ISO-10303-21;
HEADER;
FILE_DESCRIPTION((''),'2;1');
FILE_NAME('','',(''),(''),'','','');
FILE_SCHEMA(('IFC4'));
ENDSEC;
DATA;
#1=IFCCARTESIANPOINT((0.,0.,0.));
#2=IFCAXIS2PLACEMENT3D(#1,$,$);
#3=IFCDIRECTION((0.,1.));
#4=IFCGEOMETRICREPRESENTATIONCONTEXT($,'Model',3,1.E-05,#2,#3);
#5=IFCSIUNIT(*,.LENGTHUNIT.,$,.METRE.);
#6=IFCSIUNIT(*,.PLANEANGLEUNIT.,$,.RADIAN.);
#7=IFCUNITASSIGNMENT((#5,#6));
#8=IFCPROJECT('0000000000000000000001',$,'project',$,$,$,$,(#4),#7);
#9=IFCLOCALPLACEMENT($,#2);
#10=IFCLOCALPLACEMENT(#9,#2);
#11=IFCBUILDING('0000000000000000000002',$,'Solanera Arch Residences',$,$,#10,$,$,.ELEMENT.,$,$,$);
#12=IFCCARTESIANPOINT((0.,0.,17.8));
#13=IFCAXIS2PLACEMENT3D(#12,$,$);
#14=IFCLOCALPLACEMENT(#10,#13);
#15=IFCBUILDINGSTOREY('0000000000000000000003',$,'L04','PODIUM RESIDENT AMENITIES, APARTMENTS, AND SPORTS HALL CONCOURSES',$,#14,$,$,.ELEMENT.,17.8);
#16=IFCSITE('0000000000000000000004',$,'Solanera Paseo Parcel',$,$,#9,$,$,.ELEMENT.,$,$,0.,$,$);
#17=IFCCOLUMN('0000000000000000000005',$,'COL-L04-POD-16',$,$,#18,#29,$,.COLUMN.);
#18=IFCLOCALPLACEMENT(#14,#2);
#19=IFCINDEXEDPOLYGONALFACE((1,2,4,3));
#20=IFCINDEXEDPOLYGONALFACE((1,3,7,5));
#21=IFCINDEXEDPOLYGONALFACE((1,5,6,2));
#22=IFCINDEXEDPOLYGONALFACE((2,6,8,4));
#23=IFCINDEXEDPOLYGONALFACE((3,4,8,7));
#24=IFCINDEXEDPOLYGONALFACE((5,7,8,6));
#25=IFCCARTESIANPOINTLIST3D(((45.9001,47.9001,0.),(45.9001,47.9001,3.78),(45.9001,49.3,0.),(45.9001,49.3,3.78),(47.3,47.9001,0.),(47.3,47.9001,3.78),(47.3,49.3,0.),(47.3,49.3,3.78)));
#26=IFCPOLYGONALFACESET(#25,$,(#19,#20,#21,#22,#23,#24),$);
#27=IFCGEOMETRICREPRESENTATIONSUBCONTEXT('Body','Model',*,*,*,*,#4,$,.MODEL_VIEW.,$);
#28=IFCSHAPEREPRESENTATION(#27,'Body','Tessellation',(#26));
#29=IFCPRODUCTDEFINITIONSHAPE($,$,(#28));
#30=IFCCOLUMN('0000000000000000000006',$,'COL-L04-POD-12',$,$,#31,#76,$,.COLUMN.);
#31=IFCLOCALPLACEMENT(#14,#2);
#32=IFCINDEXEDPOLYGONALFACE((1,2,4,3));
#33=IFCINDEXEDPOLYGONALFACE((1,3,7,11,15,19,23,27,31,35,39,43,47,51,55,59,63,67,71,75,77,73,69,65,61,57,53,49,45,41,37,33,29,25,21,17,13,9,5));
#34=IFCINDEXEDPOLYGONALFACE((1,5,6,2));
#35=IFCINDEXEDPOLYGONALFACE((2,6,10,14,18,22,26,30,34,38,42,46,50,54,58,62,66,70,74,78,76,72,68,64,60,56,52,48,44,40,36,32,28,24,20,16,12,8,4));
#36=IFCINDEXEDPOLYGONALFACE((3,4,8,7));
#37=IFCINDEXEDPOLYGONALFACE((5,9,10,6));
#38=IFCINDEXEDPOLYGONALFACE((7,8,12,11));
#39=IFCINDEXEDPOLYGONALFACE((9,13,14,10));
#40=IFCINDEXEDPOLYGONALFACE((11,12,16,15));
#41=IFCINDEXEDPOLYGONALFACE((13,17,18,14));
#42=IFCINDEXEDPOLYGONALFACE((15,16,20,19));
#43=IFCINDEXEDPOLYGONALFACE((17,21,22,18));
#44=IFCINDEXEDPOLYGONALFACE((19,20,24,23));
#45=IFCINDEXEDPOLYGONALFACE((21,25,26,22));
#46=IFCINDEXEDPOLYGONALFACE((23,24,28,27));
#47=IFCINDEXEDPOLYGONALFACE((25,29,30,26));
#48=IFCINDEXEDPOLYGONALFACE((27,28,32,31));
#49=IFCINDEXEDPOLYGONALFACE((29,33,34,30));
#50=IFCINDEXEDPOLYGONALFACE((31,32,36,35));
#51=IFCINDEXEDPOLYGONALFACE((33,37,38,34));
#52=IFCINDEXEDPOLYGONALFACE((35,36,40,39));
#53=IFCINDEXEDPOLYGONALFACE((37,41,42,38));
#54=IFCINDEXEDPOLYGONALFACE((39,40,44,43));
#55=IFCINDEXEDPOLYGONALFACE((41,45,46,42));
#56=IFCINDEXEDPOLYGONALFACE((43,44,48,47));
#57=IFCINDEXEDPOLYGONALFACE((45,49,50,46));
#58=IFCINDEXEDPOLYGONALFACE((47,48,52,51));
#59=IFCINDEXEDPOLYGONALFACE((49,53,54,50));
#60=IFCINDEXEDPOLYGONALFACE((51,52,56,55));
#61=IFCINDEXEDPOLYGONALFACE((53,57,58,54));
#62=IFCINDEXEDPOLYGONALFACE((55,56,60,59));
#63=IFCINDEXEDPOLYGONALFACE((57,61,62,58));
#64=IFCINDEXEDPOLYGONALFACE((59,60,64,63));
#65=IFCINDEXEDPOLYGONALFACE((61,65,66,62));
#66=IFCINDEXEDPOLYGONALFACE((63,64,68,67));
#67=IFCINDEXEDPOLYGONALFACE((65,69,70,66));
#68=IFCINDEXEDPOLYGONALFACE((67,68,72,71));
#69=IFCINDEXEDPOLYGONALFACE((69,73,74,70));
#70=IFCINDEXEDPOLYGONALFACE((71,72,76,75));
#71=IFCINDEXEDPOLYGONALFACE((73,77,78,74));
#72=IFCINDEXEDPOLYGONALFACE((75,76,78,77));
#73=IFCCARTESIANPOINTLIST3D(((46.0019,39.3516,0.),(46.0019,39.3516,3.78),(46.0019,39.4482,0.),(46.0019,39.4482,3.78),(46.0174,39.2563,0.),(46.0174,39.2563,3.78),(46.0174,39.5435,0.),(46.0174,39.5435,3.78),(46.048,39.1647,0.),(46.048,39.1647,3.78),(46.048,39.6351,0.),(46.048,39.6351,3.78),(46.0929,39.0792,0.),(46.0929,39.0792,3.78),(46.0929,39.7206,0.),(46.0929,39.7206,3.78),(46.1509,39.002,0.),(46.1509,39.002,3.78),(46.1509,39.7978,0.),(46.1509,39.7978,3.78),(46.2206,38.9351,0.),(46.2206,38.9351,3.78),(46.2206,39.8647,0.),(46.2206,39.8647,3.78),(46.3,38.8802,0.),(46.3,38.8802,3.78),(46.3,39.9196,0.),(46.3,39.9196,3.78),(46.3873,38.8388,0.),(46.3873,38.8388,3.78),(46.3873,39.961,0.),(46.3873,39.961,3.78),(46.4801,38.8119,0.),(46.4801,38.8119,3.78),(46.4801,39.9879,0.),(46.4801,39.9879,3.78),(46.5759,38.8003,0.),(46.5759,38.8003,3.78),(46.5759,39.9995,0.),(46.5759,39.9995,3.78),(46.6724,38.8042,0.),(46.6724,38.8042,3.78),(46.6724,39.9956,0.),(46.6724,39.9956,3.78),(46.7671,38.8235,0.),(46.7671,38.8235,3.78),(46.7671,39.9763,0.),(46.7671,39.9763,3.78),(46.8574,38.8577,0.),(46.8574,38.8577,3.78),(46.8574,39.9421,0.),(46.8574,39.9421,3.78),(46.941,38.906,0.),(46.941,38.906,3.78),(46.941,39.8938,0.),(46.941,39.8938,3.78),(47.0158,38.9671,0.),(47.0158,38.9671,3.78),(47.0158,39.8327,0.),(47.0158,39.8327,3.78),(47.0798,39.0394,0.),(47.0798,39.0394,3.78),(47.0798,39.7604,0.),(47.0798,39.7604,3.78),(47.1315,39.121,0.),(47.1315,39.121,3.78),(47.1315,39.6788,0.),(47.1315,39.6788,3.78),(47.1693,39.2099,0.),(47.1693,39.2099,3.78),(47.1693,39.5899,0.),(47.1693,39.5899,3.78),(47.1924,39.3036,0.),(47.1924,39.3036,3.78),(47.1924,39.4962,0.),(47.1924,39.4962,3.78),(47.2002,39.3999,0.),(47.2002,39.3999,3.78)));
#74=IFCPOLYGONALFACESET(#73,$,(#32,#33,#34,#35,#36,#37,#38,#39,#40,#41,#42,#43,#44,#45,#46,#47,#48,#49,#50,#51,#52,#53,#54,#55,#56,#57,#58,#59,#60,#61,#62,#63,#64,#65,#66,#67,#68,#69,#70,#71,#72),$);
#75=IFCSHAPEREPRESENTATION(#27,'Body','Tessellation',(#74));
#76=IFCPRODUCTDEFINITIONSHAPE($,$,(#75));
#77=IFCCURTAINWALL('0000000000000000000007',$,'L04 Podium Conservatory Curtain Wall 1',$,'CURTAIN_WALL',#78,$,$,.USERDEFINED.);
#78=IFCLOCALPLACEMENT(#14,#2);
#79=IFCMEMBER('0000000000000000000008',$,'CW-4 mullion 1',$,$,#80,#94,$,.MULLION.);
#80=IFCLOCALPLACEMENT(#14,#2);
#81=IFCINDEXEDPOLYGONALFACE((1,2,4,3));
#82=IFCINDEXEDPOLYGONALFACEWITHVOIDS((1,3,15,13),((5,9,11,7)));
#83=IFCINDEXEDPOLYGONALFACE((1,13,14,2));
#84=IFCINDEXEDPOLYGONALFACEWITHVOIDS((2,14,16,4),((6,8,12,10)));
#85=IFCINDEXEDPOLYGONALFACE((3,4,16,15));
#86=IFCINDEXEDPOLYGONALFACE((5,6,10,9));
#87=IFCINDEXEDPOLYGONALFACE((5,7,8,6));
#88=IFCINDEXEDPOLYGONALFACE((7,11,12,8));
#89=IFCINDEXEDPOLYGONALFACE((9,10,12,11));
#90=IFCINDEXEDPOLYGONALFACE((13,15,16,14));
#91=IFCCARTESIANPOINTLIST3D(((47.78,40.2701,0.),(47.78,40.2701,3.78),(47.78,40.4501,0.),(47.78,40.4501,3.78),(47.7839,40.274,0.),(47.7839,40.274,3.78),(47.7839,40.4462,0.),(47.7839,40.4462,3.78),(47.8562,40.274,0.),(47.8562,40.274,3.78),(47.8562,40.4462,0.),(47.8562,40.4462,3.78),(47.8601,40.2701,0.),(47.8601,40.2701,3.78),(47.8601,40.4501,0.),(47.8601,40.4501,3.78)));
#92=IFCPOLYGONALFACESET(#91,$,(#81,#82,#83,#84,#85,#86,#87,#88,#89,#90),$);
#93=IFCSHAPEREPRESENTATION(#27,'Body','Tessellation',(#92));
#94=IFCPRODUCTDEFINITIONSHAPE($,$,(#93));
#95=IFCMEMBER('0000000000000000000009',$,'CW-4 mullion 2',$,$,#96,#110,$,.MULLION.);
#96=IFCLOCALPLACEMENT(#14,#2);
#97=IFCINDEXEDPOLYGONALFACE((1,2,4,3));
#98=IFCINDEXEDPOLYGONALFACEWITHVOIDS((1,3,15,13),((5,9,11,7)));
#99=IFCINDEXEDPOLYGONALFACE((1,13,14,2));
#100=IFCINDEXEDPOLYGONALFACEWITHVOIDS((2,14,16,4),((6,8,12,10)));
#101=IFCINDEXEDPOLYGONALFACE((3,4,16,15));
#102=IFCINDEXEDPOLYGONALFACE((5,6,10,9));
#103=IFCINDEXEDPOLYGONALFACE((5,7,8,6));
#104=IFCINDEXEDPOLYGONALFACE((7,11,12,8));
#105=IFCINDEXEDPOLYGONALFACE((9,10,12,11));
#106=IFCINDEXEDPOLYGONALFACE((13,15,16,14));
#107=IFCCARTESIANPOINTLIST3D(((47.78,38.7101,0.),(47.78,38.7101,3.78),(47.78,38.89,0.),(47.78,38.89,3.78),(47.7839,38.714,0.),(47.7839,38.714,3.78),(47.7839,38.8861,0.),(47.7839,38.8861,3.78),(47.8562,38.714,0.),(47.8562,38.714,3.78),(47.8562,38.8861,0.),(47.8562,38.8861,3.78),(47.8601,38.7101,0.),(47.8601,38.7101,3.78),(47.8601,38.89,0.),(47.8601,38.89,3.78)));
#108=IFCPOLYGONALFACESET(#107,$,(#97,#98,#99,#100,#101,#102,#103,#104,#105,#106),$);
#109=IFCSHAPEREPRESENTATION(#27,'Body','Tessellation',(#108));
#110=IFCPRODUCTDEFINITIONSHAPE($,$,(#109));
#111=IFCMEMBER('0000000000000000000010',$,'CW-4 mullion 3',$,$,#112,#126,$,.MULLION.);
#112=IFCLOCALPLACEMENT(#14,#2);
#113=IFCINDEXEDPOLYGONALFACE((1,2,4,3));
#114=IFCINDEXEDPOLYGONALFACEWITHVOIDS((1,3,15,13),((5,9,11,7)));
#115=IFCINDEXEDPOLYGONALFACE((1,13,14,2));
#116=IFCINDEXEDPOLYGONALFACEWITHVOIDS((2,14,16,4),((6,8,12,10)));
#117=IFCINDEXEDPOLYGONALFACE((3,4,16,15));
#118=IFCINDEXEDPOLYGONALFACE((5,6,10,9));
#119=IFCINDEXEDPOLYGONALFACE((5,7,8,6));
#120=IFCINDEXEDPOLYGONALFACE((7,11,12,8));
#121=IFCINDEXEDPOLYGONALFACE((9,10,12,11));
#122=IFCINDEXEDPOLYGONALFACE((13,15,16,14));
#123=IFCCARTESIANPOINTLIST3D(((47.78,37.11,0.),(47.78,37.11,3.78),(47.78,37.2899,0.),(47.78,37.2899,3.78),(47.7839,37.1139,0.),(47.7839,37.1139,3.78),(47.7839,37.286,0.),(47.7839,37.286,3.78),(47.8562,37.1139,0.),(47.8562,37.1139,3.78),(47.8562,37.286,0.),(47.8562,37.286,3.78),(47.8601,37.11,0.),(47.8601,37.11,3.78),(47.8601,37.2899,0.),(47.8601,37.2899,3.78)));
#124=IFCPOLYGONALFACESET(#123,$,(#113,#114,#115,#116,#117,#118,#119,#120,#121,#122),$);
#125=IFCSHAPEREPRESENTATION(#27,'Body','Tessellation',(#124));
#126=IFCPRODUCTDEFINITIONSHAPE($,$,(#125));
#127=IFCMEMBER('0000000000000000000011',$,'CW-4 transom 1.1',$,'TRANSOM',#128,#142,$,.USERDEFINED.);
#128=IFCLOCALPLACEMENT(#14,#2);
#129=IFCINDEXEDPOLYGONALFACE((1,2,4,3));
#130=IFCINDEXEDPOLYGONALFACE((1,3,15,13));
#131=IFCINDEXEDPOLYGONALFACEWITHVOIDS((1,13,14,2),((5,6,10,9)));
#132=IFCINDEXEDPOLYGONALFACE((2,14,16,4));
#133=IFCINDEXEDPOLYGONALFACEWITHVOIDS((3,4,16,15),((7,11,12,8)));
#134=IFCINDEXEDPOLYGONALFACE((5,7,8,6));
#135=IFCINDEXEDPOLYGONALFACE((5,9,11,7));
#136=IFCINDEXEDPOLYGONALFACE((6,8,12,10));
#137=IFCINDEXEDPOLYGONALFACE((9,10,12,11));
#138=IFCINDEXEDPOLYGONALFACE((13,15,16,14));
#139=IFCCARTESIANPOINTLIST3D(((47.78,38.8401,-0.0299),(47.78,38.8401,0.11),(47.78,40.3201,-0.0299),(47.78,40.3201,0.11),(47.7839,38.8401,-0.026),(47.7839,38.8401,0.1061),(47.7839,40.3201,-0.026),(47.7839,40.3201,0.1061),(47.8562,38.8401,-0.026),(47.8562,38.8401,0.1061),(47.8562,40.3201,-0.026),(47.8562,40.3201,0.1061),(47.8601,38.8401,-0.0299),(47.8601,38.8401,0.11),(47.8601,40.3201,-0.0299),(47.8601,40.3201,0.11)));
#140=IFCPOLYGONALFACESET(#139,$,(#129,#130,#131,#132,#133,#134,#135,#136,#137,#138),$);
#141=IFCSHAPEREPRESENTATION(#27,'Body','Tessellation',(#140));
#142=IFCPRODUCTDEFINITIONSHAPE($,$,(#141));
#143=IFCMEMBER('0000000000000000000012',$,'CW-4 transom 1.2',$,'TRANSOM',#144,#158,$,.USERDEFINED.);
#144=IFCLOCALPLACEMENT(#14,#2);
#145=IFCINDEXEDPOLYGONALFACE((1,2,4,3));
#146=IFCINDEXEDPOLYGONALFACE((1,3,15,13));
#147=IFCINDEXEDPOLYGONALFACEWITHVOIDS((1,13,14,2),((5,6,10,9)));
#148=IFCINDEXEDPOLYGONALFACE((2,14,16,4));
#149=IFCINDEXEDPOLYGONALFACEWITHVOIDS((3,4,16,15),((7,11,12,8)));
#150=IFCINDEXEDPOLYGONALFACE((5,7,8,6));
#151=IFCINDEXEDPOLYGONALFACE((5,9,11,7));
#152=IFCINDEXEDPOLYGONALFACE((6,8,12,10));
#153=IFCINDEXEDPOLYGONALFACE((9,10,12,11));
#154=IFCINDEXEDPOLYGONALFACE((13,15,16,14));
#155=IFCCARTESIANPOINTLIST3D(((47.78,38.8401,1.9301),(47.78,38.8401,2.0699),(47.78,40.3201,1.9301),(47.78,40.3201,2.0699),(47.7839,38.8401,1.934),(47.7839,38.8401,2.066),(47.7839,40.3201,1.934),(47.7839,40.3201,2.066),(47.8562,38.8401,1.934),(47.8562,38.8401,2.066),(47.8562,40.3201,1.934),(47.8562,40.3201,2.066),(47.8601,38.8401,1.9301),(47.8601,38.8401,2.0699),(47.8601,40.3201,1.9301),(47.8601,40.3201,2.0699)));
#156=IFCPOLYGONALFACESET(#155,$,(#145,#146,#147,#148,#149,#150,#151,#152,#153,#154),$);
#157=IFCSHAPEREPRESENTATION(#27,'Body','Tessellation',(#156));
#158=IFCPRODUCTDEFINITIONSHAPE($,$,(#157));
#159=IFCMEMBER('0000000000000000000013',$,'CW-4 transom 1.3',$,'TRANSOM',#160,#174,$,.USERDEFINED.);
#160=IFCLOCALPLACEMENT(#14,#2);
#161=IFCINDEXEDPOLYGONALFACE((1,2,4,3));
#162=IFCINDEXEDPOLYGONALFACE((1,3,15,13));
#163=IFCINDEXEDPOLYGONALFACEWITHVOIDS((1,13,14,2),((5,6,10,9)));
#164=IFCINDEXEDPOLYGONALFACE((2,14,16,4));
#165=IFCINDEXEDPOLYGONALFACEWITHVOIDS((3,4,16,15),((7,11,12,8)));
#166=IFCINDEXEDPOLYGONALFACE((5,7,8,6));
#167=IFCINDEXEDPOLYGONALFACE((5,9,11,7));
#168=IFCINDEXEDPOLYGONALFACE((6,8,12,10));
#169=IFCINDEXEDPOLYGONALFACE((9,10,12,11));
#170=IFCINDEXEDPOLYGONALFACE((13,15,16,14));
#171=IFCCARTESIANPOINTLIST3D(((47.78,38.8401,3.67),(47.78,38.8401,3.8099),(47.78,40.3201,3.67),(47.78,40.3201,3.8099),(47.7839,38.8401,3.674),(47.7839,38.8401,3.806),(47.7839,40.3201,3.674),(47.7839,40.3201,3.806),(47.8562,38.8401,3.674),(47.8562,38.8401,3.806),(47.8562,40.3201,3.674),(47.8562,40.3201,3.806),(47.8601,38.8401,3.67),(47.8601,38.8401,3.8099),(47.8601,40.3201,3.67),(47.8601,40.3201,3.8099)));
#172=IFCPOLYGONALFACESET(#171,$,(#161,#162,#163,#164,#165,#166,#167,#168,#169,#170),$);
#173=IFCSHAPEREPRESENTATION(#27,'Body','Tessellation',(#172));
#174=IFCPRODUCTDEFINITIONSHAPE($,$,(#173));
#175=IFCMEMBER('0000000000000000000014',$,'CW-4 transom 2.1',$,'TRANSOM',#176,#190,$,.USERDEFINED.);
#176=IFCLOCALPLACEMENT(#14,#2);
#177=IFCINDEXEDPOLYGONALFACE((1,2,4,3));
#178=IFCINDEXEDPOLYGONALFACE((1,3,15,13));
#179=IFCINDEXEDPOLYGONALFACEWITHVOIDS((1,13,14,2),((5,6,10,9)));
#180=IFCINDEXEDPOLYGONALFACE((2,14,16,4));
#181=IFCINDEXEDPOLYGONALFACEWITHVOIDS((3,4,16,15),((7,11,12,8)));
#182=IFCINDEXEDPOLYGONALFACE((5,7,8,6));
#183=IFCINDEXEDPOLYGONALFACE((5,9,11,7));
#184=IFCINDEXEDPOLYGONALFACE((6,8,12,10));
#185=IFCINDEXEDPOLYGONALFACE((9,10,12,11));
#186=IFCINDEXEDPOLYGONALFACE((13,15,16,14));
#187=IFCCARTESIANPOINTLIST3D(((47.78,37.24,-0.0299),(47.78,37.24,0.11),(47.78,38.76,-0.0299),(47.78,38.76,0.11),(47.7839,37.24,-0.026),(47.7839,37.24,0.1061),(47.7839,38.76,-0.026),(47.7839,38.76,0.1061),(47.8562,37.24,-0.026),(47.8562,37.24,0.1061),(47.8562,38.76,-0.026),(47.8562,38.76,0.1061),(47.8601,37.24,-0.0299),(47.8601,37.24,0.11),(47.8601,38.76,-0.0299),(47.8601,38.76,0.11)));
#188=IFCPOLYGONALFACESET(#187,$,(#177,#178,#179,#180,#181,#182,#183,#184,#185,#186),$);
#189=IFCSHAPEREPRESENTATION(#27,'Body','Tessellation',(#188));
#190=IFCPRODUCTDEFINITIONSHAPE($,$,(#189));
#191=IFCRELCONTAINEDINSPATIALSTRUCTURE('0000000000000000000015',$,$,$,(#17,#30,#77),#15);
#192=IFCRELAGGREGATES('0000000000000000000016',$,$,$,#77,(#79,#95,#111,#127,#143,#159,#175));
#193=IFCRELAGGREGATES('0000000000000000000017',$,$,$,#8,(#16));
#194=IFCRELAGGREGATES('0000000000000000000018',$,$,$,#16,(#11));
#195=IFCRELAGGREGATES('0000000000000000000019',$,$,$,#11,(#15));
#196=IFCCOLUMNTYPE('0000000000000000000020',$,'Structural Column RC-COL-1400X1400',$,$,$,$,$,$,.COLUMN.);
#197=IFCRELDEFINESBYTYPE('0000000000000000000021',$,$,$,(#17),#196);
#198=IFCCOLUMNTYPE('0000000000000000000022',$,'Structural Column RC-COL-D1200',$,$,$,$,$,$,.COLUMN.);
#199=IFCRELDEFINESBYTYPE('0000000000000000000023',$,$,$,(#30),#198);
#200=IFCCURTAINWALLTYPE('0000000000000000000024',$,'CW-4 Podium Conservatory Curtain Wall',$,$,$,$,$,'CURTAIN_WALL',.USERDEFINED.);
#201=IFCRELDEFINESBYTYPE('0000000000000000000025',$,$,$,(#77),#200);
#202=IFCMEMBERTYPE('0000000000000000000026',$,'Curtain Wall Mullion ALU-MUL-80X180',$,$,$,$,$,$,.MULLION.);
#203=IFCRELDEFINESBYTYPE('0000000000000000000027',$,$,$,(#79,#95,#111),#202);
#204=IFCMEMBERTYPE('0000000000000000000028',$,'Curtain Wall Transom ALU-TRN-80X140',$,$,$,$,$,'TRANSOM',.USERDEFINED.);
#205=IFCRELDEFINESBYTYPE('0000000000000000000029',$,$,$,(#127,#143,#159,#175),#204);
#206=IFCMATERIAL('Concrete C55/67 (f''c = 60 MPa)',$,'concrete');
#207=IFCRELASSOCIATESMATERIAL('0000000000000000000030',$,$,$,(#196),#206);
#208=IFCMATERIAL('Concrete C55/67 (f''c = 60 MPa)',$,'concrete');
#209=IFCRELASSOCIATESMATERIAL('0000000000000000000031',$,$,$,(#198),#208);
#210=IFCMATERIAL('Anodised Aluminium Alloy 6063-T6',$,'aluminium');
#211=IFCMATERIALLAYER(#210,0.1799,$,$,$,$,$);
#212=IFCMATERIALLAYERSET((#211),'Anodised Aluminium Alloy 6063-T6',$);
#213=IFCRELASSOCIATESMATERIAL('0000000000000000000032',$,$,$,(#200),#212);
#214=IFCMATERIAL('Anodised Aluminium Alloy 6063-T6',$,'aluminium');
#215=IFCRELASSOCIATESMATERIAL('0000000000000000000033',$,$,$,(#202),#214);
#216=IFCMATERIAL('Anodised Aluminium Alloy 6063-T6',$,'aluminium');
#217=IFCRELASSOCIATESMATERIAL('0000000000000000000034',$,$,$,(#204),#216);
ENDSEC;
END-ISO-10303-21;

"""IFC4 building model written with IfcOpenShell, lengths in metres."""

from ifc_helpers import new_model, si_unit, direction, frame, origin, origin_2d, place, context, subcontext, project, spatial, rectangle, hollow_rectangle, circle, extrude, material, layer, layer_set, material_profile, profile_set, type_object, element, aggregate, save


model = new_model("IFC4")

# Units and contexts
model_context = context("Model", 3, precision=1e-05, world=origin(), true_north=direction((0.0, 1.0)))
body_context = subcontext(model_context, "Body", "Model", "MODEL_VIEW")
ifc_project = project(units=[si_unit("LENGTHUNIT", "METRE"), si_unit("PLANEANGLEUNIT", "RADIAN")], contexts=[model_context])

# Site, building, storey
site_placement = place(None, origin())
site = spatial("IfcSite", under=ifc_project, at=site_placement, Name="Solanera Paseo Parcel", CompositionType="ELEMENT", RefElevation=0.0)
building_placement = place(site_placement, origin())
building = spatial("IfcBuilding", under=site, at=building_placement, Name="Solanera Arch Residences", CompositionType="ELEMENT")
storey_placement = place(building_placement, frame((0.0, 0.0, 17.8)))
storey = spatial("IfcBuildingStorey", under=building, at=storey_placement, Name="L04", Description="PODIUM RESIDENT AMENITIES, APARTMENTS, AND SPORTS HALL CONCOURSES", CompositionType="ELEMENT", Elevation=17.8)

# Columns
ifc_material_1 = material(Name="Concrete C55/67 (f'c = 60 MPa)", Category="concrete")
ifc_material_profile_1 = material_profile(ifc_material_1, rectangle(XDim=1.3999, YDim=1.3999, at=origin_2d()))
ifc_profile_set_1 = profile_set([ifc_material_profile_1], Name="Concrete C55/67 (f'c = 60 MPa)")
column_type_1 = type_object("IfcColumnType", Name="Structural Column RC-COL-1400X1400", PredefinedType="COLUMN", material=ifc_profile_set_1)
column_1_placement = place(storey_placement, frame((46.6001, 48.6001, 0.0), z_axis=(0.0, 0.0, 1.0), x_axis=(1.0, 0.0, 0.0)))
element("IfcColumn", 1, at=column_1_placement, inside=storey, type_object=column_type_1, Name="COL-L04-POD-16", PredefinedType="COLUMN", context=body_context, shape_type="SweptSolid", body=[
    extrude(rectangle(XDim=1.3999, YDim=1.3999, at=origin_2d()), origin(), (0.0, 0.0, 1.0), 3.78),
])
ifc_material_2 = material(Name="Concrete C55/67 (f'c = 60 MPa)", Category="concrete")
ifc_material_profile_2 = material_profile(ifc_material_2, circle(Radius=0.6001, at=origin_2d()))
ifc_profile_set_2 = profile_set([ifc_material_profile_2], Name="Concrete C55/67 (f'c = 60 MPa)")
column_type_2 = type_object("IfcColumnType", Name="Structural Column RC-COL-D1200", PredefinedType="COLUMN", material=ifc_profile_set_2)
column_2_placement = place(storey_placement, frame((46.6001, 39.3999, 0.0), z_axis=(0.0, 0.0, 1.0), x_axis=(1.0, 0.0, 0.0)))
element("IfcColumn", 2, at=column_2_placement, inside=storey, type_object=column_type_2, Name="COL-L04-POD-12", PredefinedType="COLUMN", context=body_context, shape_type="SweptSolid", body=[
    extrude(circle(Radius=0.6001, at=origin_2d()), origin(), (0.0, 0.0, 1.0), 3.78),
])

# Curtain wall, members
ifc_material_3 = material(Name="Anodised Aluminium Alloy 6063-T6", Category="aluminium")
ifc_layer_1 = layer(ifc_material_3, 0.1799)
ifc_layer_set_1 = layer_set([ifc_layer_1], Name="Anodised Aluminium Alloy 6063-T6")
curtain_wall_type = type_object("IfcCurtainWallType", Name="CW-4 Podium Conservatory Curtain Wall", ElementType="CURTAIN_WALL", PredefinedType="USERDEFINED", material=ifc_layer_set_1)
curtain_wall_placement = place(storey_placement, origin())
curtain_wall = element("IfcCurtainWall", 3, at=curtain_wall_placement, inside=storey, type_object=curtain_wall_type, Name="L04 Podium Conservatory Curtain Wall 1", ObjectType="CURTAIN_WALL", PredefinedType="USERDEFINED")
ifc_material_4 = material(Name="Anodised Aluminium Alloy 6063-T6", Category="aluminium")
ifc_material_profile_3 = material_profile(ifc_material_4, hollow_rectangle(XDim=0.0801, YDim=0.1799, WallThickness=0.0039, at=origin_2d()))
ifc_profile_set_3 = profile_set([ifc_material_profile_3], Name="Anodised Aluminium Alloy 6063-T6")
member_type_1 = type_object("IfcMemberType", Name="Curtain Wall Mullion ALU-MUL-80X180", PredefinedType="MULLION", material=ifc_profile_set_3)
member_1_placement = place(storey_placement, frame((47.8201, 40.3601, 0.0), z_axis=(0.0, 0.0, 1.0), x_axis=(1.0, 0.0, 0.0)))
member_1 = element("IfcMember", 4, at=member_1_placement, type_object=member_type_1, Name="CW-4 mullion 1", PredefinedType="MULLION", context=body_context, shape_type="SweptSolid", body=[
    extrude(hollow_rectangle(XDim=0.0801, YDim=0.1799, WallThickness=0.0039, at=origin_2d()), origin(), (0.0, 0.0, 1.0), 3.78),
])
member_2_placement = place(storey_placement, frame((47.8201, 38.8, 0.0), z_axis=(0.0, 0.0, 1.0), x_axis=(1.0, 0.0, 0.0)))
member_2 = element("IfcMember", 5, at=member_2_placement, type_object=member_type_1, Name="CW-4 mullion 2", PredefinedType="MULLION", context=body_context, shape_type="SweptSolid", body=[
    extrude(hollow_rectangle(XDim=0.0801, YDim=0.1799, WallThickness=0.0039, at=origin_2d()), origin(), (0.0, 0.0, 1.0), 3.78),
])
member_3_placement = place(storey_placement, frame((47.8201, 37.2, 0.0), z_axis=(0.0, 0.0, 1.0), x_axis=(1.0, 0.0, 0.0)))
member_3 = element("IfcMember", 6, at=member_3_placement, type_object=member_type_1, Name="CW-4 mullion 3", PredefinedType="MULLION", context=body_context, shape_type="SweptSolid", body=[
    extrude(hollow_rectangle(XDim=0.0801, YDim=0.1799, WallThickness=0.0039, at=origin_2d()), origin(), (0.0, 0.0, 1.0), 3.78),
])
ifc_material_5 = material(Name="Anodised Aluminium Alloy 6063-T6", Category="aluminium")
ifc_material_profile_4 = material_profile(ifc_material_5, hollow_rectangle(XDim=0.0801, YDim=0.1399, WallThickness=0.0039, at=origin_2d()))
ifc_profile_set_4 = profile_set([ifc_material_profile_4], Name="Anodised Aluminium Alloy 6063-T6")
member_type_2 = type_object("IfcMemberType", Name="Curtain Wall Transom ALU-TRN-80X140", ElementType="TRANSOM", PredefinedType="USERDEFINED", material=ifc_profile_set_4)
member_4_placement = place(storey_placement, frame((47.8201, 40.3201, 0.04), z_axis=(0.0, -1.0, 0.0), x_axis=(1.0, 0.0, 0.0)))
member_4 = element("IfcMember", 7, at=member_4_placement, type_object=member_type_2, Name="CW-4 transom 1.1", ObjectType="TRANSOM", PredefinedType="USERDEFINED", context=body_context, shape_type="SweptSolid", body=[
    extrude(hollow_rectangle(XDim=0.0801, YDim=0.1399, WallThickness=0.0039, at=origin_2d()), origin(), (0.0, 0.0, 1.0), 1.48),
])
member_5_placement = place(storey_placement, frame((47.8201, 40.3201, 2.0), z_axis=(0.0, -1.0, 0.0), x_axis=(1.0, 0.0, 0.0)))
member_5 = element("IfcMember", 8, at=member_5_placement, type_object=member_type_2, Name="CW-4 transom 1.2", ObjectType="TRANSOM", PredefinedType="USERDEFINED", context=body_context, shape_type="SweptSolid", body=[
    extrude(hollow_rectangle(XDim=0.0801, YDim=0.1399, WallThickness=0.0039, at=origin_2d()), origin(), (0.0, 0.0, 1.0), 1.48),
])
member_6_placement = place(storey_placement, frame((47.8201, 40.3201, 3.74), z_axis=(0.0, -1.0, 0.0), x_axis=(1.0, 0.0, 0.0)))
member_6 = element("IfcMember", 9, at=member_6_placement, type_object=member_type_2, Name="CW-4 transom 1.3", ObjectType="TRANSOM", PredefinedType="USERDEFINED", context=body_context, shape_type="SweptSolid", body=[
    extrude(hollow_rectangle(XDim=0.0801, YDim=0.1399, WallThickness=0.0039, at=origin_2d()), origin(), (0.0, 0.0, 1.0), 1.48),
])
member_7_placement = place(storey_placement, frame((47.8201, 38.76, 0.04), z_axis=(0.0, -1.0, 0.0), x_axis=(1.0, 0.0, 0.0)))
member_7 = element("IfcMember", 10, at=member_7_placement, type_object=member_type_2, Name="CW-4 transom 2.1", ObjectType="TRANSOM", PredefinedType="USERDEFINED", context=body_context, shape_type="SweptSolid", body=[
    extrude(hollow_rectangle(XDim=0.0801, YDim=0.1399, WallThickness=0.0039, at=origin_2d()), origin(), (0.0, 0.0, 1.0), 1.52),
])

aggregate(curtain_wall, [member_1, member_2, member_3, member_4, member_5, member_6, member_7])

save(model, "model.ifc")
